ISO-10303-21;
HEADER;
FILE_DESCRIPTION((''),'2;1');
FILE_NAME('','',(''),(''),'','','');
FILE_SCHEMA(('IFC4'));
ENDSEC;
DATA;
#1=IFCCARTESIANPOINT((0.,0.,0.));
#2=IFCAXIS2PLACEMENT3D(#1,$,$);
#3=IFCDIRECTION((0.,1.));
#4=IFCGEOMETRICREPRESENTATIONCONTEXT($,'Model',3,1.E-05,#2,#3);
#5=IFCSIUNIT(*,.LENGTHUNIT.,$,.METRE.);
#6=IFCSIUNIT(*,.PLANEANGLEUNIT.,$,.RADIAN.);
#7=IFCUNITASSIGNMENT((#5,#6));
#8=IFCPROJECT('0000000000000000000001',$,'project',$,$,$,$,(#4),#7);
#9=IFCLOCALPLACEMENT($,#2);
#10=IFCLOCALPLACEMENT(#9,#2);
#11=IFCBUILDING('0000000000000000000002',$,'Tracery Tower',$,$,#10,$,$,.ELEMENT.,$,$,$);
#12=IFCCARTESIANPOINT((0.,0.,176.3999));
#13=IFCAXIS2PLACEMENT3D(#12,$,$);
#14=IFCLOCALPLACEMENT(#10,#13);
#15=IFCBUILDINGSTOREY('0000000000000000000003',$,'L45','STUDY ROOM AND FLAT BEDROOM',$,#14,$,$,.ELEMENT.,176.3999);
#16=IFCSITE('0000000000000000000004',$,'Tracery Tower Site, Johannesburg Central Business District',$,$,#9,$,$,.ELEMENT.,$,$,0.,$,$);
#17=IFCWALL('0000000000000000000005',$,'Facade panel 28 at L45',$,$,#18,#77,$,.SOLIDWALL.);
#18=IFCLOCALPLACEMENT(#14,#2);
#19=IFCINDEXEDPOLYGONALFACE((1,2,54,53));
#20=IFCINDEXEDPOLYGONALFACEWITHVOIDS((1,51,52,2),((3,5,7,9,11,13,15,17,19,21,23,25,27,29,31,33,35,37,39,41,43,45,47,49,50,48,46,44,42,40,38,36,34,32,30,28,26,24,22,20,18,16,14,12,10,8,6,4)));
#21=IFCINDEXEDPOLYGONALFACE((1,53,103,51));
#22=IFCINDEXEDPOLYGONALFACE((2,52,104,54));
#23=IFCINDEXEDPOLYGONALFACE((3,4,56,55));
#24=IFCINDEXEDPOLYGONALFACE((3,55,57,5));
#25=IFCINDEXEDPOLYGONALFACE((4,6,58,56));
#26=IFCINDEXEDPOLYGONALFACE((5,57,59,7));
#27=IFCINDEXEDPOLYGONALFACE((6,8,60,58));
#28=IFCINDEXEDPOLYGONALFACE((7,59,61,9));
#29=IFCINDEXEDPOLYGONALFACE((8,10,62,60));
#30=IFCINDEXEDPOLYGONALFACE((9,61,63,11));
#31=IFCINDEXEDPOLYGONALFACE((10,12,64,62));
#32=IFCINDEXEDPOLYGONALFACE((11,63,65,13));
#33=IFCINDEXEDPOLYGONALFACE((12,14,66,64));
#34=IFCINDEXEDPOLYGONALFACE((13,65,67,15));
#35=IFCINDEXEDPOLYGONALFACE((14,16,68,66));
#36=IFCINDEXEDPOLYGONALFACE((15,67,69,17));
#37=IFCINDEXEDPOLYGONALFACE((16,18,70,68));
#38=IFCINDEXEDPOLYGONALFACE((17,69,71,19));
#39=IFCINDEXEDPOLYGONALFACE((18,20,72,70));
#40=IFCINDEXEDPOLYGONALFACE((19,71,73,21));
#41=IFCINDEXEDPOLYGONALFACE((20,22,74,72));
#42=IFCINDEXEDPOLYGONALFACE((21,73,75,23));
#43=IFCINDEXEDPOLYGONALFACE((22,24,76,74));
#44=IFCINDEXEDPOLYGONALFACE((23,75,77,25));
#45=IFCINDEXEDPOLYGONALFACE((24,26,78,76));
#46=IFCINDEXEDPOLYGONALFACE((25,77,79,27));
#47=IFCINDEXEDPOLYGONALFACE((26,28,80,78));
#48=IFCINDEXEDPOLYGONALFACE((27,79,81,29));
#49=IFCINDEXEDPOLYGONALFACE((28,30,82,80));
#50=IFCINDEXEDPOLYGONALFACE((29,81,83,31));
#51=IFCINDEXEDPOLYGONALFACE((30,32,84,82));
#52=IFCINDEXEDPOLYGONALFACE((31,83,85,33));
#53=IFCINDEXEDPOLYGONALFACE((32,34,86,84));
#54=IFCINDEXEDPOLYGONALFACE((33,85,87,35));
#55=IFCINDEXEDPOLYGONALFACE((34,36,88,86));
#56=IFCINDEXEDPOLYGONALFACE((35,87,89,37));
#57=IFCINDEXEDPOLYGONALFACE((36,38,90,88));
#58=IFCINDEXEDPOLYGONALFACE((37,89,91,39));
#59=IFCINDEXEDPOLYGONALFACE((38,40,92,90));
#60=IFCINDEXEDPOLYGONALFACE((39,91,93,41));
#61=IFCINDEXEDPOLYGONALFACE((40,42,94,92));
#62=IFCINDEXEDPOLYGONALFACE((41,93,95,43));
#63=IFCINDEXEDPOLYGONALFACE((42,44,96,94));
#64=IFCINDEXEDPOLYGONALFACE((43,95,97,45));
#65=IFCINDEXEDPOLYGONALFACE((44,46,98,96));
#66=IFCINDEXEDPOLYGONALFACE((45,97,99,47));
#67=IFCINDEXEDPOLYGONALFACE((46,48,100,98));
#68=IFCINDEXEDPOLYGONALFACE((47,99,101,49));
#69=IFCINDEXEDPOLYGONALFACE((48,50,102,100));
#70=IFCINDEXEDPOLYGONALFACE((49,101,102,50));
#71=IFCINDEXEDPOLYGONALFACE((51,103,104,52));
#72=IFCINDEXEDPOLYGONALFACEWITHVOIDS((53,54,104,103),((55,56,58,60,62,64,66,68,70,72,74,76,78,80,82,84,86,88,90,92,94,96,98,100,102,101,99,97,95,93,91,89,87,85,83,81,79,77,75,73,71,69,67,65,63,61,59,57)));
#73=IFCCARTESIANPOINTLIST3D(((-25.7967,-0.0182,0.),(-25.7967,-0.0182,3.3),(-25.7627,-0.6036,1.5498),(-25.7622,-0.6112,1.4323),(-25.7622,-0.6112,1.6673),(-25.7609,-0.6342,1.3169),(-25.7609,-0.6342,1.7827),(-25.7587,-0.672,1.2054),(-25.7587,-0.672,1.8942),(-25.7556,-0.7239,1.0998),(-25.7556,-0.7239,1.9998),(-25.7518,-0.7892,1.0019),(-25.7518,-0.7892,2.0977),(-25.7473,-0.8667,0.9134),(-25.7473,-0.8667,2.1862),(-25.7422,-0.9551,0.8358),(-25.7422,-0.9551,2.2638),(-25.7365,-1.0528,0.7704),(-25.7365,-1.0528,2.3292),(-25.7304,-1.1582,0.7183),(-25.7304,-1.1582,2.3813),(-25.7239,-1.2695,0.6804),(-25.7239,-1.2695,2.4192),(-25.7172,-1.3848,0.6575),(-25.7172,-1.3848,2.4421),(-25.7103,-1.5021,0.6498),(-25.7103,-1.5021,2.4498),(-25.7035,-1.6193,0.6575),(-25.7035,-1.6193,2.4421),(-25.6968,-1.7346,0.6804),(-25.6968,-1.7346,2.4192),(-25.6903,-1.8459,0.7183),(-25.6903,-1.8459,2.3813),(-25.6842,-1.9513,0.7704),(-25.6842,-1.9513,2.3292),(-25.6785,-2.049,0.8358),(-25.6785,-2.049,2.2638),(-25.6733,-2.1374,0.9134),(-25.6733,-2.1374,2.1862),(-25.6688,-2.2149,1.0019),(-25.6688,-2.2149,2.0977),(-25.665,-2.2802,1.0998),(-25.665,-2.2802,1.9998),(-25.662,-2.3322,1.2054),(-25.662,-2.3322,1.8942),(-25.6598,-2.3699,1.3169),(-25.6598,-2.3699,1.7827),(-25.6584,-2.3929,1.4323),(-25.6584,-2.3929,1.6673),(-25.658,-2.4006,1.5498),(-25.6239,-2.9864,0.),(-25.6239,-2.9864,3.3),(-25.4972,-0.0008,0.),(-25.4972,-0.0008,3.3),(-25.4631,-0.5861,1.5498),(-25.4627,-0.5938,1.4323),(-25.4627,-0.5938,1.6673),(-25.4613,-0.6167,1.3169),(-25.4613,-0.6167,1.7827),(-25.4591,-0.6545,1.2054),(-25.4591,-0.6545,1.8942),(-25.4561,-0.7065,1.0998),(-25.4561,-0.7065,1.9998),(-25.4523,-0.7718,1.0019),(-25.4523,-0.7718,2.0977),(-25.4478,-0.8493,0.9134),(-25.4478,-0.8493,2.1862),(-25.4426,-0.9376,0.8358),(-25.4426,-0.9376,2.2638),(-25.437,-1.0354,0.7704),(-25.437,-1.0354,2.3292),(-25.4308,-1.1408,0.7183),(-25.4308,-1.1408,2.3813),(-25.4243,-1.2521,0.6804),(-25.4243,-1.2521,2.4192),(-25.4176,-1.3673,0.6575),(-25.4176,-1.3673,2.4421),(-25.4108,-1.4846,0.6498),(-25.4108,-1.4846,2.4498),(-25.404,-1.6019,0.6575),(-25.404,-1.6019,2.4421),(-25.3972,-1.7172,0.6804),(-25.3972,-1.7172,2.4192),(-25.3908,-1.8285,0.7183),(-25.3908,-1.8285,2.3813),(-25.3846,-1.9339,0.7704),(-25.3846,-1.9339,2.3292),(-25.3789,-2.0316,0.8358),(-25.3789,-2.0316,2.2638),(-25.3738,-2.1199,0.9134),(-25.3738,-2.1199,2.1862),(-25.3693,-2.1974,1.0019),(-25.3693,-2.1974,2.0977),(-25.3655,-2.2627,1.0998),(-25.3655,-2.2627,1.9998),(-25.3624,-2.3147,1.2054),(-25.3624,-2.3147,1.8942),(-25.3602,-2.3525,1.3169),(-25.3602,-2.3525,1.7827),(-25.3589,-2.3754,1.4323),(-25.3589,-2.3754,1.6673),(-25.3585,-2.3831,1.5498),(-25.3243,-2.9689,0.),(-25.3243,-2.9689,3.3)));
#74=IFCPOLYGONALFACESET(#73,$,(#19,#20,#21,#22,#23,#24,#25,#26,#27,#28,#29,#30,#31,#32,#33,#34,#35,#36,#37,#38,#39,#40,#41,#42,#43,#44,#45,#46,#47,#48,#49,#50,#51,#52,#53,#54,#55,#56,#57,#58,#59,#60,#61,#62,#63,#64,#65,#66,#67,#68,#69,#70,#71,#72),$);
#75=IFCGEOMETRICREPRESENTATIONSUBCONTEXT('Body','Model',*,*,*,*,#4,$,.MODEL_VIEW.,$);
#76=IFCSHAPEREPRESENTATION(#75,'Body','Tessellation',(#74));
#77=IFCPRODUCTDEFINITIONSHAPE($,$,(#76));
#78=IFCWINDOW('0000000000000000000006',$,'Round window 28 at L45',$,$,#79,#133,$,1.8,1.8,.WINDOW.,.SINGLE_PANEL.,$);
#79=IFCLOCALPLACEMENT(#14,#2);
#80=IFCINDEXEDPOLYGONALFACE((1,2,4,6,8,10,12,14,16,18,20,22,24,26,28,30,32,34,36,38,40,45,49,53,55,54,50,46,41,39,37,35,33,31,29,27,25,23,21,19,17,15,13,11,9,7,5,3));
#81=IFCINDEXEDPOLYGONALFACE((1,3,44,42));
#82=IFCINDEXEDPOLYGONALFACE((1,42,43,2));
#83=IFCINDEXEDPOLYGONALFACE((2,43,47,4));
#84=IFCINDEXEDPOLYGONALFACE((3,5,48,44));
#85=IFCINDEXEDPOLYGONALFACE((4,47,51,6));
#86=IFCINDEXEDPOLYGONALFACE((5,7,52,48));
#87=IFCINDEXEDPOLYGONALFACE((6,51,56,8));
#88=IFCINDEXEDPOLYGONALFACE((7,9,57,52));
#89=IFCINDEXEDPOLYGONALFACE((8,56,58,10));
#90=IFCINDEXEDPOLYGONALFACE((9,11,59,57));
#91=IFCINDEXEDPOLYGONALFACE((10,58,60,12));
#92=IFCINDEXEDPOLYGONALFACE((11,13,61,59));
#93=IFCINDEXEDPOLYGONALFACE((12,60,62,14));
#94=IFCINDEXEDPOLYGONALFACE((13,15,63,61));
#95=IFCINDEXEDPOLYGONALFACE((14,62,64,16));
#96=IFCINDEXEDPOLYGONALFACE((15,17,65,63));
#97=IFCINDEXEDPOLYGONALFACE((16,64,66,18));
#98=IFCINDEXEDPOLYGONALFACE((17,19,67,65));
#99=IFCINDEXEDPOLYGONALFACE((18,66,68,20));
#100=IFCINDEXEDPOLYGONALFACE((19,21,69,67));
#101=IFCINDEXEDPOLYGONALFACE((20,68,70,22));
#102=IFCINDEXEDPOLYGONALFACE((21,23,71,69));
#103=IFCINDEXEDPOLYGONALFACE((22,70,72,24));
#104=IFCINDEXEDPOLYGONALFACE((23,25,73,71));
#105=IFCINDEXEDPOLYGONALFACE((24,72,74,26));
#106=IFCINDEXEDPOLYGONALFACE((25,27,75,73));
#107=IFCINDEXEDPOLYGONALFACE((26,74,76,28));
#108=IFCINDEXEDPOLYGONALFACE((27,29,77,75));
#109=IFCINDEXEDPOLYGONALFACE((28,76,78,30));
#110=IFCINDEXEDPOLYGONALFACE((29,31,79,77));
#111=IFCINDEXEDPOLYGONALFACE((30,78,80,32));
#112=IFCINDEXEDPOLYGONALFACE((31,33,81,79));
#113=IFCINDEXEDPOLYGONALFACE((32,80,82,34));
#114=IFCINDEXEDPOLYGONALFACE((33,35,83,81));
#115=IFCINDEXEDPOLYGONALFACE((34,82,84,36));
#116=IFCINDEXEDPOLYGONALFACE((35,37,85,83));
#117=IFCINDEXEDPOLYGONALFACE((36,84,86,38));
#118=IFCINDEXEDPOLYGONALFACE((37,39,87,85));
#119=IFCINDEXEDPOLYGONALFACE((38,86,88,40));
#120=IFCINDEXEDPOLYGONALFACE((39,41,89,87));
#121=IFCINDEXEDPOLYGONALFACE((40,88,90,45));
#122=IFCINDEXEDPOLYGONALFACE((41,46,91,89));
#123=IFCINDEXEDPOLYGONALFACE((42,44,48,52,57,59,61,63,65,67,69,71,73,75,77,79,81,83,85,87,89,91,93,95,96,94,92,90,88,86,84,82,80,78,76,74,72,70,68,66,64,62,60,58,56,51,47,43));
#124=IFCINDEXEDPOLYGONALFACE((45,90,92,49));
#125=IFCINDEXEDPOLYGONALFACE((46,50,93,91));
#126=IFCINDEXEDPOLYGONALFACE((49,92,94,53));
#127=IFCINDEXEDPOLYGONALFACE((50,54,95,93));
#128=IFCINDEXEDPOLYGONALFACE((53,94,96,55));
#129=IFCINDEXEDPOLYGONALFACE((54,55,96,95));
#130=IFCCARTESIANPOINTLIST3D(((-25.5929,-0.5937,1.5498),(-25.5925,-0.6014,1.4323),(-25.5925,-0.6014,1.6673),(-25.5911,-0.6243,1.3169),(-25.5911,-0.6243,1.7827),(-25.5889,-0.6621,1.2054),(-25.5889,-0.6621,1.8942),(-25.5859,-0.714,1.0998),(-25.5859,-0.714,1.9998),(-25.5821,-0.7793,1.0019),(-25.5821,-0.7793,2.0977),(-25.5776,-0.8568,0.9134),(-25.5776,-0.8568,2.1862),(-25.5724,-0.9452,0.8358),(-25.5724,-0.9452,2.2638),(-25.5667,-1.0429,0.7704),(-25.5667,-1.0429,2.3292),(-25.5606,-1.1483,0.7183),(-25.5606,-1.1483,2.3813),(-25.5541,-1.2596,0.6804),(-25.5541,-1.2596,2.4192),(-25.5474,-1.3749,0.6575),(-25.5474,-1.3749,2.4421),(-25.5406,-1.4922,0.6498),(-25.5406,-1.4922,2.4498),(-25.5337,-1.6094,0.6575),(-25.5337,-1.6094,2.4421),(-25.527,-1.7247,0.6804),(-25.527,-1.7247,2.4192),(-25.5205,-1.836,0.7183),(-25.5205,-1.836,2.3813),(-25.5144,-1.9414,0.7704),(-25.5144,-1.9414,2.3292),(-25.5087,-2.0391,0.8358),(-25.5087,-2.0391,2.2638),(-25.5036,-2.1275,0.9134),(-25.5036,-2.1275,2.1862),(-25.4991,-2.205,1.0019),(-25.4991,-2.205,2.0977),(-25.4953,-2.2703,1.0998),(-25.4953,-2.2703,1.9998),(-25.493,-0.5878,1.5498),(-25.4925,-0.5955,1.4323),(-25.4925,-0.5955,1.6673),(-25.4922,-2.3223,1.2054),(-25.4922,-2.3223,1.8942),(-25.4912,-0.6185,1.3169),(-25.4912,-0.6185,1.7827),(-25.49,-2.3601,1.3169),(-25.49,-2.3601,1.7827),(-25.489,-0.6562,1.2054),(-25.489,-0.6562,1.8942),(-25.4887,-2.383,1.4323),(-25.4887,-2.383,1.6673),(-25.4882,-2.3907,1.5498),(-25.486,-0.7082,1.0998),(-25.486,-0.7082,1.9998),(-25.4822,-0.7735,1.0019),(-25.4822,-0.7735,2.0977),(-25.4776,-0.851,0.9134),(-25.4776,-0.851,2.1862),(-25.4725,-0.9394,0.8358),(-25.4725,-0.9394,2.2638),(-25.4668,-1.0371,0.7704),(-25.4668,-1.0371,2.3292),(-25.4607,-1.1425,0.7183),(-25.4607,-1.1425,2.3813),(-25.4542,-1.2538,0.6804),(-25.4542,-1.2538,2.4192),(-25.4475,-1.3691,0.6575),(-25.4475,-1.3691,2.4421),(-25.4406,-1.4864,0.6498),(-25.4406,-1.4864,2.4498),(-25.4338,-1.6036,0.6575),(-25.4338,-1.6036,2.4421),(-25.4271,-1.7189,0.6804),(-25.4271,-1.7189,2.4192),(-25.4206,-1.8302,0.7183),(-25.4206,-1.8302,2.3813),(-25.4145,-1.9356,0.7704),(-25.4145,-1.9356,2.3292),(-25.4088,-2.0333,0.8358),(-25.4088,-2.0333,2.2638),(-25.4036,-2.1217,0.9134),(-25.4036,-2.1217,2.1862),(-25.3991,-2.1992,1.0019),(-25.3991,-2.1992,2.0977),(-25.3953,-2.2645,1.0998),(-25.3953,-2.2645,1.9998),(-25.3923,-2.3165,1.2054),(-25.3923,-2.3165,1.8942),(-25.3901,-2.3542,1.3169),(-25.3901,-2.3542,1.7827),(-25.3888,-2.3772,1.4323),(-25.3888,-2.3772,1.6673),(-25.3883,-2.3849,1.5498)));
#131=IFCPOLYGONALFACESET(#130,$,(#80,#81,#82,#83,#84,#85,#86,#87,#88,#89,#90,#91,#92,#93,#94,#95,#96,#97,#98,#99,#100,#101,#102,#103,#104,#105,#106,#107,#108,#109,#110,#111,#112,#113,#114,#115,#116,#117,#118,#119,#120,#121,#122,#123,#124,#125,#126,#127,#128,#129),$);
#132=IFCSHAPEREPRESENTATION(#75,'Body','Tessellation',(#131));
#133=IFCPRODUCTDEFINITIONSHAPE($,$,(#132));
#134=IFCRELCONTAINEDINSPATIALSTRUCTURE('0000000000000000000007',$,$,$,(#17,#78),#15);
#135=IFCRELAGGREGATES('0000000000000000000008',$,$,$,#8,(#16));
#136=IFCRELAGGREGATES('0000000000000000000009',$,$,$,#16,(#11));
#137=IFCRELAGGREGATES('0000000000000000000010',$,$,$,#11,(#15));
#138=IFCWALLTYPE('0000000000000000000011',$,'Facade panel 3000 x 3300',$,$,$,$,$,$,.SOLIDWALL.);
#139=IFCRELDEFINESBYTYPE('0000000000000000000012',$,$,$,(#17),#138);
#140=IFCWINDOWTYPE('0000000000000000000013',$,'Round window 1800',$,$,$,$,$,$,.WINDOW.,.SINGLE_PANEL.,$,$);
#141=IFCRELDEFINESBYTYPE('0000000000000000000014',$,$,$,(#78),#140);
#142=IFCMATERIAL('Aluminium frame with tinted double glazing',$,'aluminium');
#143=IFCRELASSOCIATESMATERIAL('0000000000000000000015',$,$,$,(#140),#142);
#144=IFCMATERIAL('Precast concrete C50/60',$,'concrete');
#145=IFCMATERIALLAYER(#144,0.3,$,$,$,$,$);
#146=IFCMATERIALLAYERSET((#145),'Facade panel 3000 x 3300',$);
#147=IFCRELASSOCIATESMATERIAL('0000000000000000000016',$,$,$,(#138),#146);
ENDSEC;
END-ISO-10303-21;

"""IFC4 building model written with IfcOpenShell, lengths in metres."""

from ifc_helpers import new_model, si_unit, direction, frame, frame_2d, origin, origin_2d, place, context, subcontext, project, spatial, rectangle, circle, extrude, material, layer, layer_set, type_object, element, fill, save


model = new_model("IFC4")

# Units and contexts
model_context = context("Model", 3, precision=1e-05, world=origin(), true_north=direction((0.0, 1.0)))
body_context = subcontext(model_context, "Body", "Model", "MODEL_VIEW")
ifc_project = project(units=[si_unit("LENGTHUNIT", "METRE"), si_unit("PLANEANGLEUNIT", "RADIAN")], contexts=[model_context])

# Site, building, storey
site_placement = place(None, origin())
site = spatial("IfcSite", under=ifc_project, at=site_placement, Name="Tracery Tower Site, Johannesburg Central Business District", CompositionType="ELEMENT", RefElevation=0.0)
building_placement = place(site_placement, origin())
building = spatial("IfcBuilding", under=site, at=building_placement, Name="Tracery Tower", CompositionType="ELEMENT")
storey_placement = place(building_placement, frame((0.0, 0.0, 176.3999)))
storey = spatial("IfcBuildingStorey", under=building, at=storey_placement, Name="L45", Description="STUDY ROOM AND FLAT BEDROOM", CompositionType="ELEMENT", Elevation=176.3999)

# Wall, opening, window
ifc_material_1 = material(Name="Aluminium frame with tinted double glazing", Category="aluminium")
window_type = type_object("IfcWindowType", Name="Round window 1800", PartitioningType="SINGLE_PANEL", PredefinedType="WINDOW", material=ifc_material_1)
ifc_material_2 = material(Name="Precast concrete C50/60", Category="concrete")
ifc_layer_1 = layer(ifc_material_2, 0.3)
ifc_layer_set_1 = layer_set([ifc_layer_1], Name="Facade panel 3000 x 3300")
wall_type_1 = type_object("IfcWallType", Name="Facade panel 3000 x 3300", PredefinedType="SOLIDWALL", material=ifc_layer_set_1)
wall_1_placement = place(storey_placement, frame((-25.647, -0.0095, 0.0), z_axis=(0.0, 0.0, 1.0), x_axis=(0.05814, -0.998308, 0.0)))
wall_1 = element("IfcWall", 1, at=wall_1_placement, inside=storey, type_object=wall_type_1, Name="Facade panel 28 at L45", PredefinedType="SOLIDWALL", context=body_context, shape_type="SweptSolid", body=[
    extrude(rectangle(XDim=2.9731, YDim=0.3, at=frame_2d((1.4866, 0.0))), origin(), (0.0, 0.0, 1.0), 3.3),
])
opening_1_placement = place(wall_1_placement, frame((1.4863, 0.0, 1.5498)))
opening_1 = element("IfcOpeningElement", 2, at=opening_1_placement, cuts=wall_1, PredefinedType="OPENING", context=body_context, shape_type="SweptSolid", body=[
    extrude(circle(Radius=0.9, at=origin_2d()), frame((0.0, 0.1599, 0.0), z_axis=(0.0, -1.0, 0.0), x_axis=(1.0, 0.0, 0.0)), (0.0, 0.0, 1.0), 0.3201),
])
window_1_placement = place(opening_1_placement, origin())
window_1 = element("IfcWindow", 3, at=window_1_placement, inside=storey, type_object=window_type, Name="Round window 28 at L45", OverallHeight=1.8, OverallWidth=1.8, PartitioningType="SINGLE_PANEL", PredefinedType="WINDOW", context=body_context, shape_type="SweptSolid", body=[
    extrude(circle(Radius=0.9, at=origin_2d()), frame((0.0, 0.1201, 0.0), z_axis=(0.0, -1.0, 0.0), x_axis=(1.0, 0.0, 0.0)), (0.0, 0.0, 1.0), 0.1001),
])
fill(opening_1, window_1)

save(model, "model.ifc")
